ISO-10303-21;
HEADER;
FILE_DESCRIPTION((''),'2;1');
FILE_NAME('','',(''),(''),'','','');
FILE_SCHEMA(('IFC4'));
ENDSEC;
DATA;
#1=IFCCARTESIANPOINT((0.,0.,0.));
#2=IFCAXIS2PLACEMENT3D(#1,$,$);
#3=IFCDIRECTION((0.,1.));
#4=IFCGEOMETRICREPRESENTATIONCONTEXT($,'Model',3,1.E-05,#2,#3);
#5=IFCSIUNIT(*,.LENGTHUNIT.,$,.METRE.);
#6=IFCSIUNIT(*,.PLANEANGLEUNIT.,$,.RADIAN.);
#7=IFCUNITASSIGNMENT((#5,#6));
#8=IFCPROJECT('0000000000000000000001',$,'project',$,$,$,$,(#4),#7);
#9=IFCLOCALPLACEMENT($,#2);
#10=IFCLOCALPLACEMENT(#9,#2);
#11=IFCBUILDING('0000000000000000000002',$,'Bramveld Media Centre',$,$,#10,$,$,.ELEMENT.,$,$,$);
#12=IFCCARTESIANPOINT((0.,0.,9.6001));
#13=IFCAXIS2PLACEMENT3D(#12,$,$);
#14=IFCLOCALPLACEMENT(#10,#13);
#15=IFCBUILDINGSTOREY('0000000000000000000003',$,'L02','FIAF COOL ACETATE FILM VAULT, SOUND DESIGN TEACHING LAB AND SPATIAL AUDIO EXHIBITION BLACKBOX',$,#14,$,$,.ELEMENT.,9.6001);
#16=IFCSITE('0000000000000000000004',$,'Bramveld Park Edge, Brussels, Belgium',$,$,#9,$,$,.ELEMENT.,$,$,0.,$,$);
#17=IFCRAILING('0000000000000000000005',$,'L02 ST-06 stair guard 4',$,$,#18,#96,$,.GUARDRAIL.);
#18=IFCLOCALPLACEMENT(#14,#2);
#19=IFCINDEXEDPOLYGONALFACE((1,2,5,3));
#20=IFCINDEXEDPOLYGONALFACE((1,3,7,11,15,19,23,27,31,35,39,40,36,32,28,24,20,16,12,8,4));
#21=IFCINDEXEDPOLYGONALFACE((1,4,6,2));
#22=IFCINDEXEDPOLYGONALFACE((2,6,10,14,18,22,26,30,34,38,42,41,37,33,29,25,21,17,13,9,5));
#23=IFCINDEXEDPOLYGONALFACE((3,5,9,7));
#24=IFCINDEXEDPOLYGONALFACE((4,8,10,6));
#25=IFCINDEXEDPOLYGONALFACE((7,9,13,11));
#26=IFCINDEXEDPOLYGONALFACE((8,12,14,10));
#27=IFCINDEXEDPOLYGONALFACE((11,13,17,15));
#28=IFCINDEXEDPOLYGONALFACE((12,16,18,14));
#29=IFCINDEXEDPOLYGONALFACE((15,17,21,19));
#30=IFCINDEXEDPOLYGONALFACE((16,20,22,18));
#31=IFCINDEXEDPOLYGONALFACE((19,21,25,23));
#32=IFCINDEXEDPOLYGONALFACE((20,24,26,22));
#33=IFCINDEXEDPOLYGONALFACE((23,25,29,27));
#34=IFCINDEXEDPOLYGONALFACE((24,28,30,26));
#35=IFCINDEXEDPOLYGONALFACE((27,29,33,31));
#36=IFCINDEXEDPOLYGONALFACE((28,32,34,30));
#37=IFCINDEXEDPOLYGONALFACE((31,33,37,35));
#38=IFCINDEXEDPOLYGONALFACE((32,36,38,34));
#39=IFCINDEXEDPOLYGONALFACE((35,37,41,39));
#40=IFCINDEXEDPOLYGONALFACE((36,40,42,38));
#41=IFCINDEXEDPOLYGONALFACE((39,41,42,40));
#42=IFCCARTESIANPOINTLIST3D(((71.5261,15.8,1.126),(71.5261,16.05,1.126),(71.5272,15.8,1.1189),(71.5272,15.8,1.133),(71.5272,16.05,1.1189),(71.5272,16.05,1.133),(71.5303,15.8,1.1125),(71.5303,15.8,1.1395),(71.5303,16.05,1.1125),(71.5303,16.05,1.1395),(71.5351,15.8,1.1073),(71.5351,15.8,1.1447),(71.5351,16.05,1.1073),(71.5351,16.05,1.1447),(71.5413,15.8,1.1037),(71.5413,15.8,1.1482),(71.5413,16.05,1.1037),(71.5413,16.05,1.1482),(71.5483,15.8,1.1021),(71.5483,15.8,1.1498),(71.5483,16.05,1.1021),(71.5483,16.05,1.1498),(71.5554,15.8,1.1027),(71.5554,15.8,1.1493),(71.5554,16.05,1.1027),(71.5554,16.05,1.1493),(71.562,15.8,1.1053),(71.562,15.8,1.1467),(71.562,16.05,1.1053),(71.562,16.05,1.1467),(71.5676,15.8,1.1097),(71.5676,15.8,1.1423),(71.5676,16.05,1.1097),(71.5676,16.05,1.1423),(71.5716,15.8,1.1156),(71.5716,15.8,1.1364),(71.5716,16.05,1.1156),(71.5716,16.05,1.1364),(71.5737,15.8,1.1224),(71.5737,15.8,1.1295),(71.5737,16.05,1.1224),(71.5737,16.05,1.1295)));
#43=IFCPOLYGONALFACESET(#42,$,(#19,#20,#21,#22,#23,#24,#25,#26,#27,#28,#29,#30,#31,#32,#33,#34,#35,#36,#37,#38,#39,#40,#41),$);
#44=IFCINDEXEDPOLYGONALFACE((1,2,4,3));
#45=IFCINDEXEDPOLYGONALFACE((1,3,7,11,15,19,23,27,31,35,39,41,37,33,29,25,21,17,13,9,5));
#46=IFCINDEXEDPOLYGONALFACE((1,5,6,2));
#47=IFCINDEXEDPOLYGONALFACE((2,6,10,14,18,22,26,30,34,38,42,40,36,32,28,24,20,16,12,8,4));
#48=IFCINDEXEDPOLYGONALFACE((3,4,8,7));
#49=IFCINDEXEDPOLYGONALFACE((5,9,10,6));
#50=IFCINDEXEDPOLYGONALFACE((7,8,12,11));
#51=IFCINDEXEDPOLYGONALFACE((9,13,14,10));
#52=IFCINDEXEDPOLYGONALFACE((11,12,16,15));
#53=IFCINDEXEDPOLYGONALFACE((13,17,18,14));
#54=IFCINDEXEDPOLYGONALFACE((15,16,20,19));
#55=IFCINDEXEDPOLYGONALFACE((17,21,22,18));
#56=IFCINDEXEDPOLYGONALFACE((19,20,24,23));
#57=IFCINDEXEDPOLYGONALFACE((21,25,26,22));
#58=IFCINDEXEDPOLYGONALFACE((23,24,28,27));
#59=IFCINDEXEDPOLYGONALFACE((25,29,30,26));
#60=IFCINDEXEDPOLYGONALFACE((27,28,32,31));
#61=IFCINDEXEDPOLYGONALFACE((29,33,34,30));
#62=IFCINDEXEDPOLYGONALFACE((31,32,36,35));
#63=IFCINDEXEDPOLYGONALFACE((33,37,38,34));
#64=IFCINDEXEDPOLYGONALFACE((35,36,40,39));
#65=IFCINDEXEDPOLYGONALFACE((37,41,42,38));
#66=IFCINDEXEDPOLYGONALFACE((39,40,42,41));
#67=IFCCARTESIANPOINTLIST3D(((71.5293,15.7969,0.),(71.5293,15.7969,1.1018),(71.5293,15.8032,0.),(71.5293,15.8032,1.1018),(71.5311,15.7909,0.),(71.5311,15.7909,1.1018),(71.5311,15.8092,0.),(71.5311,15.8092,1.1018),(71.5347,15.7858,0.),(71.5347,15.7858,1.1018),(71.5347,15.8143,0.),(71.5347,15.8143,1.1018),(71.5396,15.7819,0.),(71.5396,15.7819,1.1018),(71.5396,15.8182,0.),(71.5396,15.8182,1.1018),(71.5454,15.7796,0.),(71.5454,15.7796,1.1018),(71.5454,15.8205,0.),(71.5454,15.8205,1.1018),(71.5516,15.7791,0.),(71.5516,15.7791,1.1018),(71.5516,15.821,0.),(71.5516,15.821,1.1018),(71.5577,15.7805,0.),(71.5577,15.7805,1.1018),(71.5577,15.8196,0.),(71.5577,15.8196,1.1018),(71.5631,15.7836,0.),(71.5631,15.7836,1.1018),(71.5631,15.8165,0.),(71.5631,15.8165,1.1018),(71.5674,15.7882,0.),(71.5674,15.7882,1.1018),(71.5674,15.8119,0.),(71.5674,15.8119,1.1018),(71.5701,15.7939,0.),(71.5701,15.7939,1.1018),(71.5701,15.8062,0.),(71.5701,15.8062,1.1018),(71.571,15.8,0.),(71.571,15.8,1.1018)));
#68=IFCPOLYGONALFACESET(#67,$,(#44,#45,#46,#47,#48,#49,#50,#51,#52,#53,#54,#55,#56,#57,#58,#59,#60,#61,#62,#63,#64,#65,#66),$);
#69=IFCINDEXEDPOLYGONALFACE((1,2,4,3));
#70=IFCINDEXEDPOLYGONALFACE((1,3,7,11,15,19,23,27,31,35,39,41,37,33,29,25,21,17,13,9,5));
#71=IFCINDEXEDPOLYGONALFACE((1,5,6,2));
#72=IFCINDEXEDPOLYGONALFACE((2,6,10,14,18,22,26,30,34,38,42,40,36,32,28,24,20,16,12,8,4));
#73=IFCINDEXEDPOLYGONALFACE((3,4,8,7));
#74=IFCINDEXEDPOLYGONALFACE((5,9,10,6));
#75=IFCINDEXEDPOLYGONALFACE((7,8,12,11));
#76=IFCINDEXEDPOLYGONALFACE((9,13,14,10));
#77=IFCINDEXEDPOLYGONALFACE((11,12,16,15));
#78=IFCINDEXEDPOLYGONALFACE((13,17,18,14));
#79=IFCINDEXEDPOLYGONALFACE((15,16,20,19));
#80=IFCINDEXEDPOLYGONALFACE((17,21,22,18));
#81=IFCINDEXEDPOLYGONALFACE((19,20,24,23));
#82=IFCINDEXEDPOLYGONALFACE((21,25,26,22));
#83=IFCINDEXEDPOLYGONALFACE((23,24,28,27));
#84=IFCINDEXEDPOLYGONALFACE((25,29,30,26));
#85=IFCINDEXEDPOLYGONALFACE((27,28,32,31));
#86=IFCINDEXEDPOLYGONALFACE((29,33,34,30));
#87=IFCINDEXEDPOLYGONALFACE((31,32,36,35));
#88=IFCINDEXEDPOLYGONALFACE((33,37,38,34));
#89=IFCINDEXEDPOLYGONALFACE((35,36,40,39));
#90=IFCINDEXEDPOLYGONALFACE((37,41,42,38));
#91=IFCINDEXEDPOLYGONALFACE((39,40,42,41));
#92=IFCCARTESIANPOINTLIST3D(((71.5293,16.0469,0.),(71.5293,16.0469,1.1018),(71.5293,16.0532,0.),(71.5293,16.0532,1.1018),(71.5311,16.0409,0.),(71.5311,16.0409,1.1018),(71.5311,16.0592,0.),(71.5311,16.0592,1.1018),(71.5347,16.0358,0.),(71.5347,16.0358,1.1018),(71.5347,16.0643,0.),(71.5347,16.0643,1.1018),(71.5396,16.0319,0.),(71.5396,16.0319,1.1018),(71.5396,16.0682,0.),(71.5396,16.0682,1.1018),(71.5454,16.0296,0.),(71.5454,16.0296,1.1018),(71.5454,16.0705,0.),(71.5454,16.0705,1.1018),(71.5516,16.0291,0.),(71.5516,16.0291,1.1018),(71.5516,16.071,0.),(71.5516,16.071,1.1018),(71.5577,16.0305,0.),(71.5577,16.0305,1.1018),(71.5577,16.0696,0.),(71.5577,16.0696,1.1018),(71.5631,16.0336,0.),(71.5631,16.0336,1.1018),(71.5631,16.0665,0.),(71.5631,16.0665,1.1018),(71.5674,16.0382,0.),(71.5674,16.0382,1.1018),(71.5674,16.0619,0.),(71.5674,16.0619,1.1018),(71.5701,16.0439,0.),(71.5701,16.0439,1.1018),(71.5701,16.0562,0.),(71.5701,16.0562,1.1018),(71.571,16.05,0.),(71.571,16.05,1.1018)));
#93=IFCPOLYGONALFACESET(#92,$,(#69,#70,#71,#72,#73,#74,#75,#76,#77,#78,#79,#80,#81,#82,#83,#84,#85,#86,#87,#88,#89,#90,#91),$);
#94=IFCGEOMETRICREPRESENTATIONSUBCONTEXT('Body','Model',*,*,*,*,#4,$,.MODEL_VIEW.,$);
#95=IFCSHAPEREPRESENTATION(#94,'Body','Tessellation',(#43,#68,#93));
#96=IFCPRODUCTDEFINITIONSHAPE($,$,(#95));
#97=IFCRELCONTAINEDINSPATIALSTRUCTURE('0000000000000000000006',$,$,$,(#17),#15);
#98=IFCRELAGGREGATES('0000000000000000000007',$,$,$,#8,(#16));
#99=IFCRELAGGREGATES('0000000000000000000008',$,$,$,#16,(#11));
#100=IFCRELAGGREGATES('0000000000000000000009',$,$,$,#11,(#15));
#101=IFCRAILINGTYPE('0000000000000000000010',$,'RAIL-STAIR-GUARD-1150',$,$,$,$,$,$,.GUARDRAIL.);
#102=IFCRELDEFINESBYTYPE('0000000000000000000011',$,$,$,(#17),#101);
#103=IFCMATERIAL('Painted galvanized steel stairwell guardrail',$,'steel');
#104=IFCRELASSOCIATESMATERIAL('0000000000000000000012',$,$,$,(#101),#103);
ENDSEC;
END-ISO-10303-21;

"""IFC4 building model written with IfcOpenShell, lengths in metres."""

from ifc_helpers import new_model, si_unit, direction, frame, origin, origin_2d, place, context, subcontext, project, spatial, circle, extrude, material, type_object, element, save


model = new_model("IFC4")

# Units and contexts
model_context = context("Model", 3, precision=1e-05, world=origin(), true_north=direction((0.0, 1.0)))
body_context = subcontext(model_context, "Body", "Model", "MODEL_VIEW")
ifc_project = project(units=[si_unit("LENGTHUNIT", "METRE"), si_unit("PLANEANGLEUNIT", "RADIAN")], contexts=[model_context])

# Site, building, storey
site_placement = place(None, origin())
site = spatial("IfcSite", under=ifc_project, at=site_placement, Name="Bramveld Park Edge, Brussels, Belgium", CompositionType="ELEMENT", RefElevation=0.0)
building_placement = place(site_placement, origin())
building = spatial("IfcBuilding", under=site, at=building_placement, Name="Bramveld Media Centre", CompositionType="ELEMENT")
storey_placement = place(building_placement, frame((0.0, 0.0, 9.6001)))
storey = spatial("IfcBuildingStorey", under=building, at=storey_placement, Name="L02", Description="FIAF COOL ACETATE FILM VAULT, SOUND DESIGN TEACHING LAB AND SPATIAL AUDIO EXHIBITION BLACKBOX", CompositionType="ELEMENT", Elevation=9.6001)

# Railing
ifc_material_1 = material(Name="Painted galvanized steel stairwell guardrail", Category="steel")
railing_type_1 = type_object("IfcRailingType", Name="RAIL-STAIR-GUARD-1150", PredefinedType="GUARDRAIL", material=ifc_material_1)
railing_1_placement = place(storey_placement, frame((71.55, 15.8, 0.0)))
element("IfcRailing", 1, at=railing_1_placement, inside=storey, type_object=railing_type_1, Name="L02 ST-06 stair guard 4", PredefinedType="GUARDRAIL", context=body_context, shape_type="SweptSolid", body=[
    extrude(circle(Radius=0.0239, at=origin_2d()), frame((0.0, 0.0, 1.126), z_axis=(0.0, 1.0, 0.0), x_axis=(-1.0, 0.0, 0.0)), (0.0, 0.0, 1.0), 0.25),
    extrude(circle(Radius=0.021, at=origin_2d()), origin(), (0.0, 0.0, 1.0), 1.1018),
    extrude(circle(Radius=0.021, at=origin_2d()), frame((0.0, 0.25, 0.0)), (0.0, 0.0, 1.0), 1.1018),
])

save(model, "model.ifc")
